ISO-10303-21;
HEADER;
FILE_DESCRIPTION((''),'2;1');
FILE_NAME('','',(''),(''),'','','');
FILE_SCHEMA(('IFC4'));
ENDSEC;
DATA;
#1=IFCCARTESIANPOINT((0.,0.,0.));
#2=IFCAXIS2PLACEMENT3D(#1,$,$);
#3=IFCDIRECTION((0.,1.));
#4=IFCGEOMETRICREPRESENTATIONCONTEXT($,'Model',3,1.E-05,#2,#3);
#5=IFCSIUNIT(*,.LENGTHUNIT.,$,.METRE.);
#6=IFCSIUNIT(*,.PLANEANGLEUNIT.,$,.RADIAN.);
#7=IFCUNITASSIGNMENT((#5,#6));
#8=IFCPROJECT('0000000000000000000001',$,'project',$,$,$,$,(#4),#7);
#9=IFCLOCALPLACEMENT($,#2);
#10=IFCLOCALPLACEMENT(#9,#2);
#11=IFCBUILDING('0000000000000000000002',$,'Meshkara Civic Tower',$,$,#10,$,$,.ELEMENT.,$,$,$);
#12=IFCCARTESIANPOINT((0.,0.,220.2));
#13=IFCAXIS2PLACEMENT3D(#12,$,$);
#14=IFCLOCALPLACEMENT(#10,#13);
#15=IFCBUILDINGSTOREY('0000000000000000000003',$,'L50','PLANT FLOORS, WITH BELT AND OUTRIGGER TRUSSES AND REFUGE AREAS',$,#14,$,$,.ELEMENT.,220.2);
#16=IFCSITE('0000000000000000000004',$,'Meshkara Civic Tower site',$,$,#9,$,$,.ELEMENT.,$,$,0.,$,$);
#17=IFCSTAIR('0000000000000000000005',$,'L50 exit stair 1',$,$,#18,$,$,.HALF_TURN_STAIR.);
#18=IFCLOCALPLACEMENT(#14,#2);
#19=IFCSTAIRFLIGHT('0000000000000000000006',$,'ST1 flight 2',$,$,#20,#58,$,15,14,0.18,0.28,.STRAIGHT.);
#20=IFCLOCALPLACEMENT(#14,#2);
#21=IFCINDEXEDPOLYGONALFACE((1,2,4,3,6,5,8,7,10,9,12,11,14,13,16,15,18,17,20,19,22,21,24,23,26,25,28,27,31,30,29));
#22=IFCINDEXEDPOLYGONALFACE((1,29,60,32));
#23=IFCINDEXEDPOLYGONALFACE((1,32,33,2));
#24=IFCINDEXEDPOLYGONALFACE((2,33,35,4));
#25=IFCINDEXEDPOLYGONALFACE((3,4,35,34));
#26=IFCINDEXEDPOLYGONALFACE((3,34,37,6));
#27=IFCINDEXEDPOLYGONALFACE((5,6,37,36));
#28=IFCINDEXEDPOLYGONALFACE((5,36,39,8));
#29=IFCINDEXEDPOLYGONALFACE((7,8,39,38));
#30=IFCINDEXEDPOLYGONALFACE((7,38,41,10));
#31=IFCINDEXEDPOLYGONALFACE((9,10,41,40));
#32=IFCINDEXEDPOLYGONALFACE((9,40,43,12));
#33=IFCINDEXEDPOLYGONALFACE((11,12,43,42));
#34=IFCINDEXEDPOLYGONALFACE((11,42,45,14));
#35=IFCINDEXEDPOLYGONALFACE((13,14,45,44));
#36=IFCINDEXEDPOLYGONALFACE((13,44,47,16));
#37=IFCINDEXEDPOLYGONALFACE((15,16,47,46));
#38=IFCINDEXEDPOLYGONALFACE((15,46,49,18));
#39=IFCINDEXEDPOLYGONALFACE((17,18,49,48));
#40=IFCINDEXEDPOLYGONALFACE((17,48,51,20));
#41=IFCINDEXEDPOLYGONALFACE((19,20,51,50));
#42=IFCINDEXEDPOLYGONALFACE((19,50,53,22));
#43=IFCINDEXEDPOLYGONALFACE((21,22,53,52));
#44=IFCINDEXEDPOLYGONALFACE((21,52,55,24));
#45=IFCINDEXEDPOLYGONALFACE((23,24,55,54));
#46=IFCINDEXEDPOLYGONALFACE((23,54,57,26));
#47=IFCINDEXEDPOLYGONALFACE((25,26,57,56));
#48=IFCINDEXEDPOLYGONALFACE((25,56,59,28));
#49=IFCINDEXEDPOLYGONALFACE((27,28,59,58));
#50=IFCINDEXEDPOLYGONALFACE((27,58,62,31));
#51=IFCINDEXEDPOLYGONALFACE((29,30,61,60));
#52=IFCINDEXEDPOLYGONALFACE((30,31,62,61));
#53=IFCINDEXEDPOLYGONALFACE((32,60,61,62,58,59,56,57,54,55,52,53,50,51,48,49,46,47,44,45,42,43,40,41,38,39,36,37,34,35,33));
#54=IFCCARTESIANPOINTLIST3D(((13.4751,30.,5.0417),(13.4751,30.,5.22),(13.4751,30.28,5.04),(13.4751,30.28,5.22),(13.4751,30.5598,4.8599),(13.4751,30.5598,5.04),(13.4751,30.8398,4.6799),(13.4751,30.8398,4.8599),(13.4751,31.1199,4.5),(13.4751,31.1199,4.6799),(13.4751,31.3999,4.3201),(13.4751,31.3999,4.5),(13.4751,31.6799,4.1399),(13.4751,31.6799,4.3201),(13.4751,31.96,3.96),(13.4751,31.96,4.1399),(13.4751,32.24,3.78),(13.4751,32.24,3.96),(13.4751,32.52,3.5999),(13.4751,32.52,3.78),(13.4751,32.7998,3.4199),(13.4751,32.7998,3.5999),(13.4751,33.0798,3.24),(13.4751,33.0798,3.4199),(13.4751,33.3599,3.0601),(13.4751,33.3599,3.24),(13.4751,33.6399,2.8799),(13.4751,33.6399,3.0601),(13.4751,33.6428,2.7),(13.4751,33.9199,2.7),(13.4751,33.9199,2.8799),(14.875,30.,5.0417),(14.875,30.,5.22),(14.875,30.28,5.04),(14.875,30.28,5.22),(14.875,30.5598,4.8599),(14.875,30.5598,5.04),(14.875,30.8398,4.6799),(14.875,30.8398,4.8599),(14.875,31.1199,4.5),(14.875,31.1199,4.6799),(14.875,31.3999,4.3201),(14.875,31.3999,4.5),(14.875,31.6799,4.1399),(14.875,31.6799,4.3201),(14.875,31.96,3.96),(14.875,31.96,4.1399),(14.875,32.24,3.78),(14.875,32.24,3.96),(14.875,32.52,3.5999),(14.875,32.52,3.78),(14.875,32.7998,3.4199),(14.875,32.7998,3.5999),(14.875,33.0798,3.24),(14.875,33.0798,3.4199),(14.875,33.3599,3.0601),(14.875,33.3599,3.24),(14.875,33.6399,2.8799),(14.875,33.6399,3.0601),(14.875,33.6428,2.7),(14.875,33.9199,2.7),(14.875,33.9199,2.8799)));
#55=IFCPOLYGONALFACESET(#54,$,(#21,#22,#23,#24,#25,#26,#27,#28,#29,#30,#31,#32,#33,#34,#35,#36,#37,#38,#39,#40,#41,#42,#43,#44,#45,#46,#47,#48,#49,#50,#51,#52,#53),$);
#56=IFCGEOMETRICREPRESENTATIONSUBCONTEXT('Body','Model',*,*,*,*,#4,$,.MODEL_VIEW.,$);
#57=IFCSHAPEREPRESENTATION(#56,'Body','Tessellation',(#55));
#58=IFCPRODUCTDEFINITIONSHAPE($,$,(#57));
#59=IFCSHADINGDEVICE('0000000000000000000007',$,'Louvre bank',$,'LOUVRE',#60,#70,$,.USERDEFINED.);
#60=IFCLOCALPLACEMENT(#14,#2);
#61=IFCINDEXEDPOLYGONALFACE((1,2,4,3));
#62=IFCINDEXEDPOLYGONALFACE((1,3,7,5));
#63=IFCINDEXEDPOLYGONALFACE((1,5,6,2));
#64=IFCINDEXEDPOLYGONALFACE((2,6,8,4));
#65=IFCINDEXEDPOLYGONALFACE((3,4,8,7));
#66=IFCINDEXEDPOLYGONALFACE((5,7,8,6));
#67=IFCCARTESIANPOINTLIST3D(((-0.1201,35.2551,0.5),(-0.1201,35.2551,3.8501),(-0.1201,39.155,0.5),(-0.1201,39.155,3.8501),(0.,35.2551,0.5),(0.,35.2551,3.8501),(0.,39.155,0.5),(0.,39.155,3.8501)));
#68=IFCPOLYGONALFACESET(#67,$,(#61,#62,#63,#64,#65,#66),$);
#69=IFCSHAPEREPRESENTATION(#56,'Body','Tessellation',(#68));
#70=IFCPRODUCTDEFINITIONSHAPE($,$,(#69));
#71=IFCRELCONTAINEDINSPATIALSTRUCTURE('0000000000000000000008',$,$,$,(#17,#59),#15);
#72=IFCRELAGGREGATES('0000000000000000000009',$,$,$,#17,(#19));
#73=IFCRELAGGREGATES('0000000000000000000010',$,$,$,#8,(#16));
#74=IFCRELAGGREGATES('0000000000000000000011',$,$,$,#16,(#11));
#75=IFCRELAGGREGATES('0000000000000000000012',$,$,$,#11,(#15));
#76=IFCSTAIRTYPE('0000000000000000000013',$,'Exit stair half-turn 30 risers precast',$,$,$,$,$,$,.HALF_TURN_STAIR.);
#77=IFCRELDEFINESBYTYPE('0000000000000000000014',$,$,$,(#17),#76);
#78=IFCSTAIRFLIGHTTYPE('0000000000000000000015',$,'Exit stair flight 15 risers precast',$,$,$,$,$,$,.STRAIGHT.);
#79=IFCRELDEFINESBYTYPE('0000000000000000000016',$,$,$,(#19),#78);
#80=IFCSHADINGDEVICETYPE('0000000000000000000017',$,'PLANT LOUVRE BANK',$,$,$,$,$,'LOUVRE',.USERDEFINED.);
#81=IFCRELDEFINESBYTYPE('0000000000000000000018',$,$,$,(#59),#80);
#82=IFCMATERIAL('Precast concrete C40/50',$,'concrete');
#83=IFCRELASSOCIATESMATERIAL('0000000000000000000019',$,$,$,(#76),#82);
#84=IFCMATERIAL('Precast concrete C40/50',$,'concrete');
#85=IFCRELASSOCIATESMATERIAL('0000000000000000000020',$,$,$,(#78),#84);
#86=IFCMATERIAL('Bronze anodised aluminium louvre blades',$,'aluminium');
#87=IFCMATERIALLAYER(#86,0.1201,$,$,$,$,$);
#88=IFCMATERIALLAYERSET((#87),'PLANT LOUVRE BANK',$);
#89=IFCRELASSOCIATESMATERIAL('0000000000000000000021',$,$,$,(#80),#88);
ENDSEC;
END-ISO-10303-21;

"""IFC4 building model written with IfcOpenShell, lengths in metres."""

from ifc_helpers import new_model, si_unit, direction, frame, origin, origin_2d, place, context, subcontext, project, spatial, polyline, rectangle, outline, extrude, material, layer, layer_set, type_object, element, aggregate, save


model = new_model("IFC4")

# Units and contexts
model_context = context("Model", 3, precision=1e-05, world=origin(), true_north=direction((0.0, 1.0)))
body_context = subcontext(model_context, "Body", "Model", "MODEL_VIEW")
ifc_project = project(units=[si_unit("LENGTHUNIT", "METRE"), si_unit("PLANEANGLEUNIT", "RADIAN")], contexts=[model_context])

# Site, building, storey
site_placement = place(None, origin())
site = spatial("IfcSite", under=ifc_project, at=site_placement, Name="Meshkara Civic Tower site", CompositionType="ELEMENT", RefElevation=0.0)
building_placement = place(site_placement, origin())
building = spatial("IfcBuilding", under=site, at=building_placement, Name="Meshkara Civic Tower", CompositionType="ELEMENT")
storey_placement = place(building_placement, frame((0.0, 0.0, 220.2)))
storey = spatial("IfcBuildingStorey", under=building, at=storey_placement, Name="L50", Description="PLANT FLOORS, WITH BELT AND OUTRIGGER TRUSSES AND REFUGE AREAS", CompositionType="ELEMENT", Elevation=220.2)

# Stair, stair flight
ifc_material_1 = material(Name="Precast concrete C40/50", Category="concrete")
stair_type = type_object("IfcStairType", Name="Exit stair half-turn 30 risers precast", PredefinedType="HALF_TURN_STAIR", material=ifc_material_1)
stair_placement = place(storey_placement, origin())
stair = element("IfcStair", 1, at=stair_placement, inside=storey, type_object=stair_type, Name="L50 exit stair 1", PredefinedType="HALF_TURN_STAIR")
ifc_material_2 = material(Name="Precast concrete C40/50", Category="concrete")
stair_flight_type = type_object("IfcStairFlightType", Name="Exit stair flight 15 risers precast", PredefinedType="STRAIGHT", material=ifc_material_2)
stair_flight_1_placement = place(storey_placement, frame((14.175, 33.9199, 2.7), z_axis=(0.0, 0.0, 1.0), x_axis=(0.0, -1.0, 0.0)))
stair_flight_1 = element("IfcStairFlight", 2, at=stair_flight_1_placement, type_object=stair_flight_type, Name="ST1 flight 2", NumberOfRisers=15, NumberOfTreads=14, PredefinedType="STRAIGHT", RiserHeight=0.18, TreadLength=0.28, context=body_context, shape_type="SweptSolid", body=[
    extrude(outline(polyline([(0.0, 0.0), (0.0, 0.1799), (0.28, 0.1799), (0.28, 0.3601), (0.5601, 0.3601), (0.5601, 0.54), (0.8401, 0.54), (0.8401, 0.72), (1.1201, 0.72), (1.1201, 0.8999), (1.3999, 0.8999), (1.3999, 1.0801), (1.6799, 1.0801), (1.6799, 1.26), (1.96, 1.26), (1.96, 1.4399), (2.24, 1.4399), (2.24, 1.6201), (2.52, 1.6201), (2.52, 1.8), (2.8, 1.8), (2.8, 1.98), (3.0801, 1.98), (3.0801, 2.1599), (3.3601, 2.1599), (3.3601, 2.3401), (3.6399, 2.3401), (3.6399, 2.52), (3.9199, 2.52), (3.9199, 2.7), (3.9199, 2.3418), (0.2771, 0.0), (0.0, 0.0)])), frame((0.0, 0.7, 0.0), z_axis=(0.0, -1.0, 0.0), x_axis=(1.0, 0.0, 0.0)), (0.0, 0.0, 1.0), 1.3999),
])
aggregate(stair, [stair_flight_1])

# Shading device
ifc_material_3 = material(Name="Bronze anodised aluminium louvre blades", Category="aluminium")
ifc_layer_1 = layer(ifc_material_3, 0.1201)
ifc_layer_set_1 = layer_set([ifc_layer_1], Name="PLANT LOUVRE BANK")
shading_device_type = type_object("IfcShadingDeviceType", Name="PLANT LOUVRE BANK", ElementType="LOUVRE", PredefinedType="USERDEFINED", material=ifc_layer_set_1)
shading_device_placement = place(storey_placement, frame((-0.0601, 37.2051, 0.5), z_axis=(0.0, 0.0, 1.0), x_axis=(0.0, -1.0, 0.0)))
element("IfcShadingDevice", 3, at=shading_device_placement, inside=storey, type_object=shading_device_type, Name="Louvre bank", ObjectType="LOUVRE", PredefinedType="USERDEFINED", context=body_context, shape_type="SweptSolid", body=[
    extrude(rectangle(XDim=3.8999, YDim=0.1201, at=origin_2d()), origin(), (0.0, 0.0, 1.0), 3.3501),
])

save(model, "model.ifc")
